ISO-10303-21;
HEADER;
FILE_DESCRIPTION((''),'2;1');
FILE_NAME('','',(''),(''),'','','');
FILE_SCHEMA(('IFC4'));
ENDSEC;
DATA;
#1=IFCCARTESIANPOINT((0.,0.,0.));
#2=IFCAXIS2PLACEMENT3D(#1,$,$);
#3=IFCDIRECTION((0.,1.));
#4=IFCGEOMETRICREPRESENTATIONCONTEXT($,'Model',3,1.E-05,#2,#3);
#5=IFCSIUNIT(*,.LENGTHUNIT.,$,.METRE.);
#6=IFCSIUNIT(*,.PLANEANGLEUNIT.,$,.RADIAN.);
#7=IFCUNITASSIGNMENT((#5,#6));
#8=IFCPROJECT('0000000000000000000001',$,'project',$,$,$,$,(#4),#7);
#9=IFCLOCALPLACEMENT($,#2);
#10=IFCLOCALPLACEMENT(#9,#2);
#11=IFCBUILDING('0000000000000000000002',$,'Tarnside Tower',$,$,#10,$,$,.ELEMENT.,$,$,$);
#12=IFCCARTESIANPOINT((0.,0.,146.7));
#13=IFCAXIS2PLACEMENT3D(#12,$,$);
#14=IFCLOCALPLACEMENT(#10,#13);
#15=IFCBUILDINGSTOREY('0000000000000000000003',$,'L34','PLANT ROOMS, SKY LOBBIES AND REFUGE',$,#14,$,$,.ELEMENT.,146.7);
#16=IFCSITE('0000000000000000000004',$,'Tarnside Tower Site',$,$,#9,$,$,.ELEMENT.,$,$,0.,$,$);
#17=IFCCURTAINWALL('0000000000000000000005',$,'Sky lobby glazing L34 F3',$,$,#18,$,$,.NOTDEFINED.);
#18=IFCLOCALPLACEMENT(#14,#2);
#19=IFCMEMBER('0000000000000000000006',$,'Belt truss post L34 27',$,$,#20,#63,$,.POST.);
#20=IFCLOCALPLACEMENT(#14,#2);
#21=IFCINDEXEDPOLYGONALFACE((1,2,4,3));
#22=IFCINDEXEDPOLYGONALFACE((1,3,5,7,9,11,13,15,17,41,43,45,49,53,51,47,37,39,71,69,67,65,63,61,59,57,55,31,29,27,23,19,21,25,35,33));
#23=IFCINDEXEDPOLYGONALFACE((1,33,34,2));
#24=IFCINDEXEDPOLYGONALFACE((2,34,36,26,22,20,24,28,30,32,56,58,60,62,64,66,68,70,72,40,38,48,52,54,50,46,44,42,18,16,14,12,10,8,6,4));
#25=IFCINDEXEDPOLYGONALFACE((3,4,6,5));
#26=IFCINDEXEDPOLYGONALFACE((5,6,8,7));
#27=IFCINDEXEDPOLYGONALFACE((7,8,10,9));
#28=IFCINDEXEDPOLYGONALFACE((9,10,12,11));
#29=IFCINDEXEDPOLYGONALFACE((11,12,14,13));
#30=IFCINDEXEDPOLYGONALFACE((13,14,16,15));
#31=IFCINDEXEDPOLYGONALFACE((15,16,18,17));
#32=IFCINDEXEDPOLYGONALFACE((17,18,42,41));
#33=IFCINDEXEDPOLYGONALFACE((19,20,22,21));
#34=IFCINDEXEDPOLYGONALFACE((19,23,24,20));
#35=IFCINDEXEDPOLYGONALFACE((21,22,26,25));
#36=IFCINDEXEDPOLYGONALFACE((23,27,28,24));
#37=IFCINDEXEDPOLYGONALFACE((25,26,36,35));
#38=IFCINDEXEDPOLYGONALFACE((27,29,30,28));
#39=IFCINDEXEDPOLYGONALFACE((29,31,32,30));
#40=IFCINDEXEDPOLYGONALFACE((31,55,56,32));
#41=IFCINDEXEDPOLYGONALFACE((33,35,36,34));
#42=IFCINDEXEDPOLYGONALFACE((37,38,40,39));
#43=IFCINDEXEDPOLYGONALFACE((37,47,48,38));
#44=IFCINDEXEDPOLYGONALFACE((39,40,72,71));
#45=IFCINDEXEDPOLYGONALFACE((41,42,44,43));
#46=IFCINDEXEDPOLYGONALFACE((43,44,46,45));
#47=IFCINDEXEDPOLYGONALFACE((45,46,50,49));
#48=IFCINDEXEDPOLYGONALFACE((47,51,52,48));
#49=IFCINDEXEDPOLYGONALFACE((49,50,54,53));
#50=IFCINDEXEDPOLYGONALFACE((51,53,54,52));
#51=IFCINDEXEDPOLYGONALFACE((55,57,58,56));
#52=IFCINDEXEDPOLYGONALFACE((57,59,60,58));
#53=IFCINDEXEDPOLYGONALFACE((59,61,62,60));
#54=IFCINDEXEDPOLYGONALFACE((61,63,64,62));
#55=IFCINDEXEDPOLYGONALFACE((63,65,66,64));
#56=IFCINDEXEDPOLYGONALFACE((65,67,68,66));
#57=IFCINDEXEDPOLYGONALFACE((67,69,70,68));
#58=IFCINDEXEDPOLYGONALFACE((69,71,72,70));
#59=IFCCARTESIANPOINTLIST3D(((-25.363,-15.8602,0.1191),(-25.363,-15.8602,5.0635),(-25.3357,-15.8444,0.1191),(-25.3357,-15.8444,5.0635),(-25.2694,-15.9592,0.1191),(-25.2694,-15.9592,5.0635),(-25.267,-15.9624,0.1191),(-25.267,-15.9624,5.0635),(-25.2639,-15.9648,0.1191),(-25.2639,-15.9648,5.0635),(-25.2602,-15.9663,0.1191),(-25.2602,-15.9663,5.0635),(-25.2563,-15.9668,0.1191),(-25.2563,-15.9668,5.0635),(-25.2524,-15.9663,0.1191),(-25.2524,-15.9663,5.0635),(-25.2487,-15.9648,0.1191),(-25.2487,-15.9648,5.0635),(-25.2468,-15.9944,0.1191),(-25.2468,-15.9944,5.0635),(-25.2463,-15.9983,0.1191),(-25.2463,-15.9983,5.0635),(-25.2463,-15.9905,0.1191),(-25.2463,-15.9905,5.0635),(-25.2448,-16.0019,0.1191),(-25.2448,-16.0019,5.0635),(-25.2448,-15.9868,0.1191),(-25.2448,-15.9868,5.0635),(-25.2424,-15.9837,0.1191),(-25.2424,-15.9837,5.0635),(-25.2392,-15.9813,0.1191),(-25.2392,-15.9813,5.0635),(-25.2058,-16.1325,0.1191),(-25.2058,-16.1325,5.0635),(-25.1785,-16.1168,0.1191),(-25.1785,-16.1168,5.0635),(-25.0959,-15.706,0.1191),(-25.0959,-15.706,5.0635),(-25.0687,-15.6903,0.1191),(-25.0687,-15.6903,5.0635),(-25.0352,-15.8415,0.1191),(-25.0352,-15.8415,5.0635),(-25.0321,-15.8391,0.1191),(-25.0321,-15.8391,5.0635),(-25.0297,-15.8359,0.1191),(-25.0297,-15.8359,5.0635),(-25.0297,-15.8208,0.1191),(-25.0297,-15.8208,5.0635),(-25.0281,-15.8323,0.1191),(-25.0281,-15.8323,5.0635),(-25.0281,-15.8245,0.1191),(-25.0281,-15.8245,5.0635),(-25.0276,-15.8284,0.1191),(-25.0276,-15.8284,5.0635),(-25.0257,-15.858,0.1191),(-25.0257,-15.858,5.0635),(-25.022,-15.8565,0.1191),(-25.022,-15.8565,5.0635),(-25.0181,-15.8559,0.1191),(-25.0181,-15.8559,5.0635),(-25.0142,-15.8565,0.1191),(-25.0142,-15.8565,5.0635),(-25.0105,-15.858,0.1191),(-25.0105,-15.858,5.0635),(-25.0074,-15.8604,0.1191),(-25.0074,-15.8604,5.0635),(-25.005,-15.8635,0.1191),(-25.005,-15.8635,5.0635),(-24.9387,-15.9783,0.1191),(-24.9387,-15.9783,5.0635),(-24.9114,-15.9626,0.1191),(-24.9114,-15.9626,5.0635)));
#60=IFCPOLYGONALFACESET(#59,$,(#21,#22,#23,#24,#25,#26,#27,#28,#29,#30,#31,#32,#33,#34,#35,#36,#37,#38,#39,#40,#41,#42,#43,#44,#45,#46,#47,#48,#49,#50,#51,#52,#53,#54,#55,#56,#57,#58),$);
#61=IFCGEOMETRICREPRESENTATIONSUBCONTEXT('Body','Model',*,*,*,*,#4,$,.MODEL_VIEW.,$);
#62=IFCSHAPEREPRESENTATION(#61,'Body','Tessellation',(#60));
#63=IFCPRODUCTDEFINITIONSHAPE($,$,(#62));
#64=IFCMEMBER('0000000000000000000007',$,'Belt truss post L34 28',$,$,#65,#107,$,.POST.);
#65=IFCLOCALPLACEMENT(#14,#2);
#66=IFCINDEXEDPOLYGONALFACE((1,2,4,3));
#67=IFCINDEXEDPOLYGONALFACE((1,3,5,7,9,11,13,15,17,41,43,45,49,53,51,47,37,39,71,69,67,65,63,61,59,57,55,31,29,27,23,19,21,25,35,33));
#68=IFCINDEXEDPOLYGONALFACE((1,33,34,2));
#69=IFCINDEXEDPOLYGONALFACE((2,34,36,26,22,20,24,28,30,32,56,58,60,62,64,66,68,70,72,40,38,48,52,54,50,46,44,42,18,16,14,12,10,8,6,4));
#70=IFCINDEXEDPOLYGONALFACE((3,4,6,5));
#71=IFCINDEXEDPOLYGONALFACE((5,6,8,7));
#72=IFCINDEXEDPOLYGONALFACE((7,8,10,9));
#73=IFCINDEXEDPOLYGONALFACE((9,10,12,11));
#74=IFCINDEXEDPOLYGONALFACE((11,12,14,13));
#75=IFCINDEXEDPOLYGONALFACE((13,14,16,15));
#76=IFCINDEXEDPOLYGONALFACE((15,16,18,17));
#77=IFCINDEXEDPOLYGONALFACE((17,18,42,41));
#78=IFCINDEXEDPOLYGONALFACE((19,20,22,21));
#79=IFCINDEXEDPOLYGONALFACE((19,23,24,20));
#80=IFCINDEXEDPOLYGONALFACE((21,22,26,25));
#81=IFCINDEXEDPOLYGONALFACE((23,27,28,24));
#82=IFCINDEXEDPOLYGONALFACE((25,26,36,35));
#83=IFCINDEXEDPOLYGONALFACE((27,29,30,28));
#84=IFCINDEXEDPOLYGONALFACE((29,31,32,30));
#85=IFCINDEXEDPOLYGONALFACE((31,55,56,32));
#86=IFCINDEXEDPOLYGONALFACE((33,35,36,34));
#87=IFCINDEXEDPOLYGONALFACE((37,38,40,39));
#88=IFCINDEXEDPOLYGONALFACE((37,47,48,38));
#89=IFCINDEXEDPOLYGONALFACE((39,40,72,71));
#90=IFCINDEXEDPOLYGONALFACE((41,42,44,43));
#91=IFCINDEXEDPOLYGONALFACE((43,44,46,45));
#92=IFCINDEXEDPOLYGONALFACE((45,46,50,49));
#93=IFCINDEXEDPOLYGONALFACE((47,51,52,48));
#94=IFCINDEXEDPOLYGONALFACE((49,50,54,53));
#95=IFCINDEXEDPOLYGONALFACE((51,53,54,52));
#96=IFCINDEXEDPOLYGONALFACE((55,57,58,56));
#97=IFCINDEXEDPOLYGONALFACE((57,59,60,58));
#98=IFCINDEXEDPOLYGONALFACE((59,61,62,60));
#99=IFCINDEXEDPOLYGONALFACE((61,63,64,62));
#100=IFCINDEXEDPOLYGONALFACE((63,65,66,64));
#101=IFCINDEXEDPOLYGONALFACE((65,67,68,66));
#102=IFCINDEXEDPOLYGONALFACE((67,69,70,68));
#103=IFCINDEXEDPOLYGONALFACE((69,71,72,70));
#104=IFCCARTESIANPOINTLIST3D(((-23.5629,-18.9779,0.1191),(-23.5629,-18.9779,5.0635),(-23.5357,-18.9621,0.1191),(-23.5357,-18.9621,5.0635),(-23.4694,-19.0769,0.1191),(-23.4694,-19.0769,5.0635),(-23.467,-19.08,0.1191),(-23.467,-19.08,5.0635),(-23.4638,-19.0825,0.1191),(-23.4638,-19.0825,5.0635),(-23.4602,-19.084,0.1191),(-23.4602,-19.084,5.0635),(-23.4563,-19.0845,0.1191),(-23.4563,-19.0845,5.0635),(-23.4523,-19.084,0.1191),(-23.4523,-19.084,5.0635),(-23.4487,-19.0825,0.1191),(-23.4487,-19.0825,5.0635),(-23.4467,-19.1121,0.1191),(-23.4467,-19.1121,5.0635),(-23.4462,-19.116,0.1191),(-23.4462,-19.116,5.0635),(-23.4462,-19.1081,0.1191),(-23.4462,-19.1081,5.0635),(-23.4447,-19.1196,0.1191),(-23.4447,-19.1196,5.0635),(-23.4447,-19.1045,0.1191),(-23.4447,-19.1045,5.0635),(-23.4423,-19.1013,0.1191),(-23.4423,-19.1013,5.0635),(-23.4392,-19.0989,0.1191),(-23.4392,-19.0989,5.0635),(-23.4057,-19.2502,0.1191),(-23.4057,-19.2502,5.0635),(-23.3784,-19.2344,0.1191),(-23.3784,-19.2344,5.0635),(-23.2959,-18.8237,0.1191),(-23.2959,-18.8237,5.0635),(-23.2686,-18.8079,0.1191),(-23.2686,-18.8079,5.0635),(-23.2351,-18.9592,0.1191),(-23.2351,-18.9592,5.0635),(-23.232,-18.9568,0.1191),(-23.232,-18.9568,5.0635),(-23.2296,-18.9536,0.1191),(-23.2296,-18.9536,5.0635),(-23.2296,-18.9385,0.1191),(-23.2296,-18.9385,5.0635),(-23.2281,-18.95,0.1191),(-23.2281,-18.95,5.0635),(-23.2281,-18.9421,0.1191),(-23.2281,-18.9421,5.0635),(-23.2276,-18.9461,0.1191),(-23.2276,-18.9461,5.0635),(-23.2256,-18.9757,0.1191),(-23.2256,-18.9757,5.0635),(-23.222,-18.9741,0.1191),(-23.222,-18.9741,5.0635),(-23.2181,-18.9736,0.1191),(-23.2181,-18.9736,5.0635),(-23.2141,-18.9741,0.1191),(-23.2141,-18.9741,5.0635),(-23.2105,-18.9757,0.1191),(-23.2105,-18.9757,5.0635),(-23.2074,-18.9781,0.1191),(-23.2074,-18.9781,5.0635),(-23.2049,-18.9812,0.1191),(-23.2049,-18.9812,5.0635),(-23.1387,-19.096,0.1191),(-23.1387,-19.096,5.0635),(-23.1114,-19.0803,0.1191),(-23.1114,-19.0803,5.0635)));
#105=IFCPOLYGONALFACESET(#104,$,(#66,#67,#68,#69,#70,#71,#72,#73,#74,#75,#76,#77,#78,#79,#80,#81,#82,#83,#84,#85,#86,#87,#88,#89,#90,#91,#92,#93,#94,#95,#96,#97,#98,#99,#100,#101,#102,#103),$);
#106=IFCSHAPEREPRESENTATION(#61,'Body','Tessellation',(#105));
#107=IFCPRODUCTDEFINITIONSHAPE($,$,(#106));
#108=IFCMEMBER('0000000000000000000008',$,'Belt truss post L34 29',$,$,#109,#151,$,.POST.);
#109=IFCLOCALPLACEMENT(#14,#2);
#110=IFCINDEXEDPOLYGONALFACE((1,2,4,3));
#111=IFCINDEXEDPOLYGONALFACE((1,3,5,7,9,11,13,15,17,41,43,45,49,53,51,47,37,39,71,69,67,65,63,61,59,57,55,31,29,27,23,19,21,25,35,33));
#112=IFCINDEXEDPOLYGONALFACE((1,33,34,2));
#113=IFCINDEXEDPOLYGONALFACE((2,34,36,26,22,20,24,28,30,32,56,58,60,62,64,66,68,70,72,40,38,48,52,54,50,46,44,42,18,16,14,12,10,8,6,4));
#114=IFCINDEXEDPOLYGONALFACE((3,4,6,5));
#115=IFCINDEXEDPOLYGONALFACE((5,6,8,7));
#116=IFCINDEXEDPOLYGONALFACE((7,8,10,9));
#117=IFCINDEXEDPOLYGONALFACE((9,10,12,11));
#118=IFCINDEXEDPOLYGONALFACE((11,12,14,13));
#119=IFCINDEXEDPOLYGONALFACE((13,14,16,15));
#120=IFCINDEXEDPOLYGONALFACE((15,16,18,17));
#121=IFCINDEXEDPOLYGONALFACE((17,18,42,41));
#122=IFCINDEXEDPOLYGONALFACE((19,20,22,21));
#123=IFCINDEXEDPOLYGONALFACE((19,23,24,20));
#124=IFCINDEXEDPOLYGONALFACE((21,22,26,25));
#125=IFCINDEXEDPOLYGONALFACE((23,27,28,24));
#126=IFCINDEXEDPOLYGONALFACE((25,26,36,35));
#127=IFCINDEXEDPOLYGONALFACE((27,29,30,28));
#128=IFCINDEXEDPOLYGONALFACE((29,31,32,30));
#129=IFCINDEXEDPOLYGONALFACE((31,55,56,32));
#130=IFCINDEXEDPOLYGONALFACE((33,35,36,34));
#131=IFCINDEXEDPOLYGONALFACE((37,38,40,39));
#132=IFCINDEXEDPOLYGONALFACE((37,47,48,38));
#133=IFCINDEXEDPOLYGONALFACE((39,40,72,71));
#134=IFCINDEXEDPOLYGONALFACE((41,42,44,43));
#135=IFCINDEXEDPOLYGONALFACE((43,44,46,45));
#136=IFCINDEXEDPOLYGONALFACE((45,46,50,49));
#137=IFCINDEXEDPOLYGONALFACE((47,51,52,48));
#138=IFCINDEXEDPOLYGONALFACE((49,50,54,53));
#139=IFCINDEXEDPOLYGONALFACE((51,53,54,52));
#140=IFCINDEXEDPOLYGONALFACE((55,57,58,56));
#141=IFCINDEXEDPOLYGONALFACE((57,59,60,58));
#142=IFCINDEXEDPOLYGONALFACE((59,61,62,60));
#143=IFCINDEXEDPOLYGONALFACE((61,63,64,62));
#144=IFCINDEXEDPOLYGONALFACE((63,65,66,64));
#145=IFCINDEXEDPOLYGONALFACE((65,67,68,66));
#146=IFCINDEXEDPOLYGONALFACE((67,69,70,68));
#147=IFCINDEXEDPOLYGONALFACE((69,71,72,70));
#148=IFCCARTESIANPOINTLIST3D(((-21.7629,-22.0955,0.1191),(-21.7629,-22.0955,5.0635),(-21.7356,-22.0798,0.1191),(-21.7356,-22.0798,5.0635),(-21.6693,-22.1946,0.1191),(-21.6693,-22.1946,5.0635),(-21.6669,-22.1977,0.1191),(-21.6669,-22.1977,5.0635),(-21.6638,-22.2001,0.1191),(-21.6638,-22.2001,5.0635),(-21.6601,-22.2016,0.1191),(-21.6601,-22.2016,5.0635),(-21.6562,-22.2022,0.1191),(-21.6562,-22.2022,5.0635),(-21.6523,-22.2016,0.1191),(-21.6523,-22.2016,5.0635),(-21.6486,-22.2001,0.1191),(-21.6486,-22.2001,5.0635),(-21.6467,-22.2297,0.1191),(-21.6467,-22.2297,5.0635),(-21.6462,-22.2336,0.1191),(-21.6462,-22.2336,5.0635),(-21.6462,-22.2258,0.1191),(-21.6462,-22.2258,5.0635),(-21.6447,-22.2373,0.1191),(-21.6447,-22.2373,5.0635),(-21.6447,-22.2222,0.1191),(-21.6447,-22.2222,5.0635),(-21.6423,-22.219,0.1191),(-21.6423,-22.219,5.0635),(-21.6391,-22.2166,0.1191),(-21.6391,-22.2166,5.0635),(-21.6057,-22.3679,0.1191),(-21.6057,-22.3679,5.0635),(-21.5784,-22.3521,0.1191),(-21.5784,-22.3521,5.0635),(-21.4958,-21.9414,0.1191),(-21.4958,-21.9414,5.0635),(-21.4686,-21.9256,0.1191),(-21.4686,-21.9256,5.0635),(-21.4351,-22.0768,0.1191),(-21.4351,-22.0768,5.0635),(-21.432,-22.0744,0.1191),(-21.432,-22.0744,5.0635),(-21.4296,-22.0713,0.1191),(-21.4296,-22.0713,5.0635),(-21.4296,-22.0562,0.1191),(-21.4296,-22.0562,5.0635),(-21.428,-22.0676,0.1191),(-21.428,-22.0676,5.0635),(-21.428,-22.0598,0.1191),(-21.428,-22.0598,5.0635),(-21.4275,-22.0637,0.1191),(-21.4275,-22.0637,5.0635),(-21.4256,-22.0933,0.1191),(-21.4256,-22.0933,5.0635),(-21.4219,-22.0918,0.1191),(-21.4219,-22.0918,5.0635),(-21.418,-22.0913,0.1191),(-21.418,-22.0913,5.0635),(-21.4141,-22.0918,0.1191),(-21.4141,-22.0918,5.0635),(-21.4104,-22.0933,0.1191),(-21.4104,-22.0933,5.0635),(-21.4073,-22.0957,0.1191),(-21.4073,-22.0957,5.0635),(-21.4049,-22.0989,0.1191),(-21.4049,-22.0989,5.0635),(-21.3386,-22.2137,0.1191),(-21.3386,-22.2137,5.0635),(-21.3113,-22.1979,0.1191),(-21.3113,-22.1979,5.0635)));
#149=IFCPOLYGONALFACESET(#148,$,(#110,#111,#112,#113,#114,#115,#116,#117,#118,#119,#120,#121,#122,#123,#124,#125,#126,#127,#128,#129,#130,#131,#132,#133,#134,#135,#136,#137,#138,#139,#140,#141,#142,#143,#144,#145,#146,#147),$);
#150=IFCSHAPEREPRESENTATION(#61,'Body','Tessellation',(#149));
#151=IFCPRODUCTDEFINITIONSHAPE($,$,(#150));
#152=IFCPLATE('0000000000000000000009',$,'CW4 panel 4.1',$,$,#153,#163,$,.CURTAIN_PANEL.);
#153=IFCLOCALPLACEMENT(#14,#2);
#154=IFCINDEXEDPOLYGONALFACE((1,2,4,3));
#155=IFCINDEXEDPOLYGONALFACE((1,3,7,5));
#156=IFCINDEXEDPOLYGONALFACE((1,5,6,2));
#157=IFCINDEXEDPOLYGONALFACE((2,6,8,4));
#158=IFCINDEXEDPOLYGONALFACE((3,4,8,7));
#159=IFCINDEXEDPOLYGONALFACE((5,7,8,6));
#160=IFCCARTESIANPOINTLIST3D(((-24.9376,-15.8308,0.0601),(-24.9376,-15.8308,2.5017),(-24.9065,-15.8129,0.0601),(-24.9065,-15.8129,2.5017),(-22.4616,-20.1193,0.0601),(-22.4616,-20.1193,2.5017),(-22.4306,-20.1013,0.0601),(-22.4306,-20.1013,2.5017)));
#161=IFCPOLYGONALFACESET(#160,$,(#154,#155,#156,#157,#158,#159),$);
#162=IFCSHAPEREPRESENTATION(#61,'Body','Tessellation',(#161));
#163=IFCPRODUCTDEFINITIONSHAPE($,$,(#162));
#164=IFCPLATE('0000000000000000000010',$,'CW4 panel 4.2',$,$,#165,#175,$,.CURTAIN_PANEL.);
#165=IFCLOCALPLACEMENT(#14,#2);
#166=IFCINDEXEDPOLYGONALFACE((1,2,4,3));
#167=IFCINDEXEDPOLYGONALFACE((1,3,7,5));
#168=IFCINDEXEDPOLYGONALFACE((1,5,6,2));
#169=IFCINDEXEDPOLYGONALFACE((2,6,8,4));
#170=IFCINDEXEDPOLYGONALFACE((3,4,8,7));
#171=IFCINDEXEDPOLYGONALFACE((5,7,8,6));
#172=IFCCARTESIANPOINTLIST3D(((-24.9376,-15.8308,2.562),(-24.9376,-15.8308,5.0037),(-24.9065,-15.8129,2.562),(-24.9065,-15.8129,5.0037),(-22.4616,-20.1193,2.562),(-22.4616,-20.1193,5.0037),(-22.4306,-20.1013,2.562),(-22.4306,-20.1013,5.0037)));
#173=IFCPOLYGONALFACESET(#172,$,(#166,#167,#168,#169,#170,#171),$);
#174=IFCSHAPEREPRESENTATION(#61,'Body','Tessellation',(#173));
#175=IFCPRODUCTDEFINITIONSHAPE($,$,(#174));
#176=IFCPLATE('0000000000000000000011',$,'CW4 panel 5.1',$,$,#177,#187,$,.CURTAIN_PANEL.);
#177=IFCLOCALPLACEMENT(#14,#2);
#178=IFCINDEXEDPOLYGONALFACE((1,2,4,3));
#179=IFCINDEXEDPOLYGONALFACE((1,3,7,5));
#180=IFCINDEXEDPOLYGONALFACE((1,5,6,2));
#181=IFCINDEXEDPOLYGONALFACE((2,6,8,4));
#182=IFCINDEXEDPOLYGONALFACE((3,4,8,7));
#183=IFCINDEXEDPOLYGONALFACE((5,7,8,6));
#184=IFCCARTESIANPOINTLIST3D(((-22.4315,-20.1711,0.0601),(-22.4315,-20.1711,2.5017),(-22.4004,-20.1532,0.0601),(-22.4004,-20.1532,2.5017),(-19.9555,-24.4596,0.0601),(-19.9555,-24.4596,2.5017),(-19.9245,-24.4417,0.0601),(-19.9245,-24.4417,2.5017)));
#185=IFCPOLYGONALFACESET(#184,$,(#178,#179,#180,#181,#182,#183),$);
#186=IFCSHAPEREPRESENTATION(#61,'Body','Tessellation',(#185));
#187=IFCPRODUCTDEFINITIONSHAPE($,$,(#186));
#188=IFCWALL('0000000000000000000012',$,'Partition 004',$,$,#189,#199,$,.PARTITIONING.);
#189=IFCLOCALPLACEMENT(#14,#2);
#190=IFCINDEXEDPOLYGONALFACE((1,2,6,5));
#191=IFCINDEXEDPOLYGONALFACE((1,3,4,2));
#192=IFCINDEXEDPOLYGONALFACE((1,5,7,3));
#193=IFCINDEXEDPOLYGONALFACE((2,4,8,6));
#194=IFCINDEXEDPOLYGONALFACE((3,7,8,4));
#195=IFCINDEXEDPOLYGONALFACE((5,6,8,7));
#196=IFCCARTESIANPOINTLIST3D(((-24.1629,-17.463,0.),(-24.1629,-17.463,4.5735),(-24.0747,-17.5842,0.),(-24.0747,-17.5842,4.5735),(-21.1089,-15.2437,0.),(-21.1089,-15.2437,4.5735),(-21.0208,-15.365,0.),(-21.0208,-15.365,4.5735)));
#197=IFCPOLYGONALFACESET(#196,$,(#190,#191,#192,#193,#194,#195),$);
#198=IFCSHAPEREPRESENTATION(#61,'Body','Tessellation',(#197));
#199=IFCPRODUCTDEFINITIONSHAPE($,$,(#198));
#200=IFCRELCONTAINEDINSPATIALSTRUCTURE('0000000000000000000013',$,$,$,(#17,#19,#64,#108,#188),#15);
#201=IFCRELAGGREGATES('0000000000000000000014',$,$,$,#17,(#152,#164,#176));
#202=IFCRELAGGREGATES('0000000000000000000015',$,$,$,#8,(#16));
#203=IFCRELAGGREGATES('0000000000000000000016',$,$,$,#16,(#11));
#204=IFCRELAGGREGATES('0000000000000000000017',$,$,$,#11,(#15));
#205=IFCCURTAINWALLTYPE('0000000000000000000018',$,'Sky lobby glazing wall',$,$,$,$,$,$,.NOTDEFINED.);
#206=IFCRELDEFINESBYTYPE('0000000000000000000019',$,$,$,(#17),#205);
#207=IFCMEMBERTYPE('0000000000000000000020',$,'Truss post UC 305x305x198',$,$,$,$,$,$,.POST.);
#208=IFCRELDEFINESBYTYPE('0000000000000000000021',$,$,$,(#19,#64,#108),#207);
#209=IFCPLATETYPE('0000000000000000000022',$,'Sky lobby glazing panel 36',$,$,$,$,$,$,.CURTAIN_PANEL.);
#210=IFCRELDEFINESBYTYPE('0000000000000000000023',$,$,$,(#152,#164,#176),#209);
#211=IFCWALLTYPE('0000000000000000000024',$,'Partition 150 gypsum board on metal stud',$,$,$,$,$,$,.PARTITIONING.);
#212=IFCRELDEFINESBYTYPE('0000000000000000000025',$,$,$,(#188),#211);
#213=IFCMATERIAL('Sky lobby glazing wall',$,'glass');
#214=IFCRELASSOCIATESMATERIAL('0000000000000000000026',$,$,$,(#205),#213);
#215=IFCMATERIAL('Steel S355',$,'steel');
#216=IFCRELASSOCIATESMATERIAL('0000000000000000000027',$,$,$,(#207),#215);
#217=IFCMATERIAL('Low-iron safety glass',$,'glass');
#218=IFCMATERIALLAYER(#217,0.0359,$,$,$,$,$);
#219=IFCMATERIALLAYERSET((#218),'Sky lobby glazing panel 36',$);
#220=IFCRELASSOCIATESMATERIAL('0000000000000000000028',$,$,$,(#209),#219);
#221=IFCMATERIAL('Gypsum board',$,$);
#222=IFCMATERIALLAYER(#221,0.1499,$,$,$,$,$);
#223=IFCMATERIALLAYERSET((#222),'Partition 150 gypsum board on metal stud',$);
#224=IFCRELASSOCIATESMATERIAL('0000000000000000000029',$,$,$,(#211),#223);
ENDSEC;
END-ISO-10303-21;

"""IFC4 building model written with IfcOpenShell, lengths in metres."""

from ifc_helpers import new_model, si_unit, direction, frame, frame_2d, origin, origin_2d, place, context, subcontext, project, spatial, rectangle, i_section, extrude, material, layer, layer_set, material_profile, profile_set, type_object, element, aggregate, save


model = new_model("IFC4")

# Units and contexts
model_context = context("Model", 3, precision=1e-05, world=origin(), true_north=direction((0.0, 1.0)))
body_context = subcontext(model_context, "Body", "Model", "MODEL_VIEW")
ifc_project = project(units=[si_unit("LENGTHUNIT", "METRE"), si_unit("PLANEANGLEUNIT", "RADIAN")], contexts=[model_context])

# Site, building, storey
site_placement = place(None, origin())
site = spatial("IfcSite", under=ifc_project, at=site_placement, Name="Tarnside Tower Site", CompositionType="ELEMENT", RefElevation=0.0)
building_placement = place(site_placement, origin())
building = spatial("IfcBuilding", under=site, at=building_placement, Name="Tarnside Tower", CompositionType="ELEMENT")
storey_placement = place(building_placement, frame((0.0, 0.0, 146.7)))
storey = spatial("IfcBuildingStorey", under=building, at=storey_placement, Name="L34", Description="PLANT ROOMS, SKY LOBBIES AND REFUGE", CompositionType="ELEMENT", Elevation=146.7)

# Shared definitions
ifc_material_1 = material(Name="Steel S355", Category="steel")

# Curtain wall
ifc_material_2 = material(Name="Sky lobby glazing wall", Category="glass")
curtain_wall_type = type_object("IfcCurtainWallType", Name="Sky lobby glazing wall", PredefinedType="NOTDEFINED", material=ifc_material_2)
curtain_wall_placement = place(storey_placement, origin())
curtain_wall = element("IfcCurtainWall", 1, at=curtain_wall_placement, inside=storey, type_object=curtain_wall_type, Name="Sky lobby glazing L34 F3", PredefinedType="NOTDEFINED")

# Members
ifc_material_profile_1 = material_profile(ifc_material_1, i_section(OverallWidth=0.3145, OverallDepth=0.3398, WebThickness=0.019, FlangeThickness=0.0315, FilletRadius=0.0151, at=origin_2d()), Name="UC 305x305x198")
ifc_profile_set_1 = profile_set([ifc_material_profile_1], Name="Steel S355")
member_type_1 = type_object("IfcMemberType", Name="Truss post UC 305x305x198", PredefinedType="POST", material=ifc_profile_set_1)
for number, where, z_axis, x_axis, name in (
    (2, (-25.1372, -15.9114, 0.1191), (0.0, 0.0, 1.0), (0.5, -0.866025, 0.0), "Belt truss post L34 27"),
    (3, (-23.3372, -19.0291, 0.1191), (0.0, 0.0, 1.0), (0.5, -0.866025, 0.0), "Belt truss post L34 28"),
    (4, (-21.5371, -22.1467, 0.1191), (0.0, 0.0, 1.0), (0.5, -0.866025, 0.0), "Belt truss post L34 29"),
):
    element("IfcMember", number, at=place(storey_placement, frame(where, z_axis=z_axis, x_axis=x_axis)), inside=storey, type_object=member_type_1, Name=name, PredefinedType="POST", context=body_context, shape_type="SweptSolid", body=[
        extrude(i_section(OverallWidth=0.3145, OverallDepth=0.3398, WebThickness=0.019, FlangeThickness=0.0315, FilletRadius=0.0151, at=origin_2d()), origin(), (0.0, 0.0, 1.0), 4.9443),
    ])

# Plates
ifc_material_3 = material(Name="Low-iron safety glass", Category="glass")
ifc_layer_1 = layer(ifc_material_3, 0.0359)
ifc_layer_set_1 = layer_set([ifc_layer_1], Name="Sky lobby glazing panel 36")
plate_type = type_object("IfcPlateType", Name="Sky lobby glazing panel 36", PredefinedType="CURTAIN_PANEL", material=ifc_layer_set_1)
plate_1_placement = place(storey_placement, frame((-23.6841, -17.9661, 0.0601), z_axis=(0.0, 0.0, 1.0), x_axis=(0.5, -0.866025, 0.0)))
plate_1 = element("IfcPlate", 5, at=plate_1_placement, type_object=plate_type, Name="CW4 panel 4.1", PredefinedType="CURTAIN_PANEL", context=body_context, shape_type="SweptSolid", body=[
    extrude(rectangle(XDim=4.9519, YDim=0.0359, at=origin_2d()), origin(), (0.0, 0.0, 1.0), 2.4417),
])
plate_2_placement = place(storey_placement, frame((-23.6841, -17.9661, 2.562), z_axis=(0.0, 0.0, 1.0), x_axis=(0.5, -0.866025, 0.0)))
plate_2 = element("IfcPlate", 6, at=plate_2_placement, type_object=plate_type, Name="CW4 panel 4.2", PredefinedType="CURTAIN_PANEL", context=body_context, shape_type="SweptSolid", body=[
    extrude(rectangle(XDim=4.9519, YDim=0.0359, at=origin_2d()), origin(), (0.0, 0.0, 1.0), 2.4417),
])
plate_3_placement = place(storey_placement, frame((-21.178, -22.3064, 0.0601), z_axis=(0.0, 0.0, 1.0), x_axis=(0.5, -0.866025, 0.0)))
plate_3 = element("IfcPlate", 7, at=plate_3_placement, type_object=plate_type, Name="CW4 panel 5.1", PredefinedType="CURTAIN_PANEL", context=body_context, shape_type="SweptSolid", body=[
    extrude(rectangle(XDim=4.9519, YDim=0.0359, at=origin_2d()), origin(), (0.0, 0.0, 1.0), 2.4417),
])
aggregate(curtain_wall, [plate_1, plate_2, plate_3])

# Wall
ifc_material_4 = material(Name="Gypsum board")
ifc_layer_2 = layer(ifc_material_4, 0.1499)
ifc_layer_set_2 = layer_set([ifc_layer_2], Name="Partition 150 gypsum board on metal stud")
wall_type = type_object("IfcWallType", Name="Partition 150 gypsum board on metal stud", PredefinedType="PARTITIONING", material=ifc_layer_set_2)
wall_placement = place(storey_placement, frame((-24.1189, -17.5237, 0.0), z_axis=(0.0, 0.0, 1.0), x_axis=(0.808965, 0.587856, 0.0)))
element("IfcWall", 8, at=wall_placement, inside=storey, type_object=wall_type, Name="Partition 004", PredefinedType="PARTITIONING", context=body_context, shape_type="SweptSolid", body=[
    extrude(rectangle(XDim=3.7751, YDim=0.1499, at=frame_2d((1.8877, 0.0))), origin(), (0.0, 0.0, 1.0), 4.5735),
])

save(model, "model.ifc")
